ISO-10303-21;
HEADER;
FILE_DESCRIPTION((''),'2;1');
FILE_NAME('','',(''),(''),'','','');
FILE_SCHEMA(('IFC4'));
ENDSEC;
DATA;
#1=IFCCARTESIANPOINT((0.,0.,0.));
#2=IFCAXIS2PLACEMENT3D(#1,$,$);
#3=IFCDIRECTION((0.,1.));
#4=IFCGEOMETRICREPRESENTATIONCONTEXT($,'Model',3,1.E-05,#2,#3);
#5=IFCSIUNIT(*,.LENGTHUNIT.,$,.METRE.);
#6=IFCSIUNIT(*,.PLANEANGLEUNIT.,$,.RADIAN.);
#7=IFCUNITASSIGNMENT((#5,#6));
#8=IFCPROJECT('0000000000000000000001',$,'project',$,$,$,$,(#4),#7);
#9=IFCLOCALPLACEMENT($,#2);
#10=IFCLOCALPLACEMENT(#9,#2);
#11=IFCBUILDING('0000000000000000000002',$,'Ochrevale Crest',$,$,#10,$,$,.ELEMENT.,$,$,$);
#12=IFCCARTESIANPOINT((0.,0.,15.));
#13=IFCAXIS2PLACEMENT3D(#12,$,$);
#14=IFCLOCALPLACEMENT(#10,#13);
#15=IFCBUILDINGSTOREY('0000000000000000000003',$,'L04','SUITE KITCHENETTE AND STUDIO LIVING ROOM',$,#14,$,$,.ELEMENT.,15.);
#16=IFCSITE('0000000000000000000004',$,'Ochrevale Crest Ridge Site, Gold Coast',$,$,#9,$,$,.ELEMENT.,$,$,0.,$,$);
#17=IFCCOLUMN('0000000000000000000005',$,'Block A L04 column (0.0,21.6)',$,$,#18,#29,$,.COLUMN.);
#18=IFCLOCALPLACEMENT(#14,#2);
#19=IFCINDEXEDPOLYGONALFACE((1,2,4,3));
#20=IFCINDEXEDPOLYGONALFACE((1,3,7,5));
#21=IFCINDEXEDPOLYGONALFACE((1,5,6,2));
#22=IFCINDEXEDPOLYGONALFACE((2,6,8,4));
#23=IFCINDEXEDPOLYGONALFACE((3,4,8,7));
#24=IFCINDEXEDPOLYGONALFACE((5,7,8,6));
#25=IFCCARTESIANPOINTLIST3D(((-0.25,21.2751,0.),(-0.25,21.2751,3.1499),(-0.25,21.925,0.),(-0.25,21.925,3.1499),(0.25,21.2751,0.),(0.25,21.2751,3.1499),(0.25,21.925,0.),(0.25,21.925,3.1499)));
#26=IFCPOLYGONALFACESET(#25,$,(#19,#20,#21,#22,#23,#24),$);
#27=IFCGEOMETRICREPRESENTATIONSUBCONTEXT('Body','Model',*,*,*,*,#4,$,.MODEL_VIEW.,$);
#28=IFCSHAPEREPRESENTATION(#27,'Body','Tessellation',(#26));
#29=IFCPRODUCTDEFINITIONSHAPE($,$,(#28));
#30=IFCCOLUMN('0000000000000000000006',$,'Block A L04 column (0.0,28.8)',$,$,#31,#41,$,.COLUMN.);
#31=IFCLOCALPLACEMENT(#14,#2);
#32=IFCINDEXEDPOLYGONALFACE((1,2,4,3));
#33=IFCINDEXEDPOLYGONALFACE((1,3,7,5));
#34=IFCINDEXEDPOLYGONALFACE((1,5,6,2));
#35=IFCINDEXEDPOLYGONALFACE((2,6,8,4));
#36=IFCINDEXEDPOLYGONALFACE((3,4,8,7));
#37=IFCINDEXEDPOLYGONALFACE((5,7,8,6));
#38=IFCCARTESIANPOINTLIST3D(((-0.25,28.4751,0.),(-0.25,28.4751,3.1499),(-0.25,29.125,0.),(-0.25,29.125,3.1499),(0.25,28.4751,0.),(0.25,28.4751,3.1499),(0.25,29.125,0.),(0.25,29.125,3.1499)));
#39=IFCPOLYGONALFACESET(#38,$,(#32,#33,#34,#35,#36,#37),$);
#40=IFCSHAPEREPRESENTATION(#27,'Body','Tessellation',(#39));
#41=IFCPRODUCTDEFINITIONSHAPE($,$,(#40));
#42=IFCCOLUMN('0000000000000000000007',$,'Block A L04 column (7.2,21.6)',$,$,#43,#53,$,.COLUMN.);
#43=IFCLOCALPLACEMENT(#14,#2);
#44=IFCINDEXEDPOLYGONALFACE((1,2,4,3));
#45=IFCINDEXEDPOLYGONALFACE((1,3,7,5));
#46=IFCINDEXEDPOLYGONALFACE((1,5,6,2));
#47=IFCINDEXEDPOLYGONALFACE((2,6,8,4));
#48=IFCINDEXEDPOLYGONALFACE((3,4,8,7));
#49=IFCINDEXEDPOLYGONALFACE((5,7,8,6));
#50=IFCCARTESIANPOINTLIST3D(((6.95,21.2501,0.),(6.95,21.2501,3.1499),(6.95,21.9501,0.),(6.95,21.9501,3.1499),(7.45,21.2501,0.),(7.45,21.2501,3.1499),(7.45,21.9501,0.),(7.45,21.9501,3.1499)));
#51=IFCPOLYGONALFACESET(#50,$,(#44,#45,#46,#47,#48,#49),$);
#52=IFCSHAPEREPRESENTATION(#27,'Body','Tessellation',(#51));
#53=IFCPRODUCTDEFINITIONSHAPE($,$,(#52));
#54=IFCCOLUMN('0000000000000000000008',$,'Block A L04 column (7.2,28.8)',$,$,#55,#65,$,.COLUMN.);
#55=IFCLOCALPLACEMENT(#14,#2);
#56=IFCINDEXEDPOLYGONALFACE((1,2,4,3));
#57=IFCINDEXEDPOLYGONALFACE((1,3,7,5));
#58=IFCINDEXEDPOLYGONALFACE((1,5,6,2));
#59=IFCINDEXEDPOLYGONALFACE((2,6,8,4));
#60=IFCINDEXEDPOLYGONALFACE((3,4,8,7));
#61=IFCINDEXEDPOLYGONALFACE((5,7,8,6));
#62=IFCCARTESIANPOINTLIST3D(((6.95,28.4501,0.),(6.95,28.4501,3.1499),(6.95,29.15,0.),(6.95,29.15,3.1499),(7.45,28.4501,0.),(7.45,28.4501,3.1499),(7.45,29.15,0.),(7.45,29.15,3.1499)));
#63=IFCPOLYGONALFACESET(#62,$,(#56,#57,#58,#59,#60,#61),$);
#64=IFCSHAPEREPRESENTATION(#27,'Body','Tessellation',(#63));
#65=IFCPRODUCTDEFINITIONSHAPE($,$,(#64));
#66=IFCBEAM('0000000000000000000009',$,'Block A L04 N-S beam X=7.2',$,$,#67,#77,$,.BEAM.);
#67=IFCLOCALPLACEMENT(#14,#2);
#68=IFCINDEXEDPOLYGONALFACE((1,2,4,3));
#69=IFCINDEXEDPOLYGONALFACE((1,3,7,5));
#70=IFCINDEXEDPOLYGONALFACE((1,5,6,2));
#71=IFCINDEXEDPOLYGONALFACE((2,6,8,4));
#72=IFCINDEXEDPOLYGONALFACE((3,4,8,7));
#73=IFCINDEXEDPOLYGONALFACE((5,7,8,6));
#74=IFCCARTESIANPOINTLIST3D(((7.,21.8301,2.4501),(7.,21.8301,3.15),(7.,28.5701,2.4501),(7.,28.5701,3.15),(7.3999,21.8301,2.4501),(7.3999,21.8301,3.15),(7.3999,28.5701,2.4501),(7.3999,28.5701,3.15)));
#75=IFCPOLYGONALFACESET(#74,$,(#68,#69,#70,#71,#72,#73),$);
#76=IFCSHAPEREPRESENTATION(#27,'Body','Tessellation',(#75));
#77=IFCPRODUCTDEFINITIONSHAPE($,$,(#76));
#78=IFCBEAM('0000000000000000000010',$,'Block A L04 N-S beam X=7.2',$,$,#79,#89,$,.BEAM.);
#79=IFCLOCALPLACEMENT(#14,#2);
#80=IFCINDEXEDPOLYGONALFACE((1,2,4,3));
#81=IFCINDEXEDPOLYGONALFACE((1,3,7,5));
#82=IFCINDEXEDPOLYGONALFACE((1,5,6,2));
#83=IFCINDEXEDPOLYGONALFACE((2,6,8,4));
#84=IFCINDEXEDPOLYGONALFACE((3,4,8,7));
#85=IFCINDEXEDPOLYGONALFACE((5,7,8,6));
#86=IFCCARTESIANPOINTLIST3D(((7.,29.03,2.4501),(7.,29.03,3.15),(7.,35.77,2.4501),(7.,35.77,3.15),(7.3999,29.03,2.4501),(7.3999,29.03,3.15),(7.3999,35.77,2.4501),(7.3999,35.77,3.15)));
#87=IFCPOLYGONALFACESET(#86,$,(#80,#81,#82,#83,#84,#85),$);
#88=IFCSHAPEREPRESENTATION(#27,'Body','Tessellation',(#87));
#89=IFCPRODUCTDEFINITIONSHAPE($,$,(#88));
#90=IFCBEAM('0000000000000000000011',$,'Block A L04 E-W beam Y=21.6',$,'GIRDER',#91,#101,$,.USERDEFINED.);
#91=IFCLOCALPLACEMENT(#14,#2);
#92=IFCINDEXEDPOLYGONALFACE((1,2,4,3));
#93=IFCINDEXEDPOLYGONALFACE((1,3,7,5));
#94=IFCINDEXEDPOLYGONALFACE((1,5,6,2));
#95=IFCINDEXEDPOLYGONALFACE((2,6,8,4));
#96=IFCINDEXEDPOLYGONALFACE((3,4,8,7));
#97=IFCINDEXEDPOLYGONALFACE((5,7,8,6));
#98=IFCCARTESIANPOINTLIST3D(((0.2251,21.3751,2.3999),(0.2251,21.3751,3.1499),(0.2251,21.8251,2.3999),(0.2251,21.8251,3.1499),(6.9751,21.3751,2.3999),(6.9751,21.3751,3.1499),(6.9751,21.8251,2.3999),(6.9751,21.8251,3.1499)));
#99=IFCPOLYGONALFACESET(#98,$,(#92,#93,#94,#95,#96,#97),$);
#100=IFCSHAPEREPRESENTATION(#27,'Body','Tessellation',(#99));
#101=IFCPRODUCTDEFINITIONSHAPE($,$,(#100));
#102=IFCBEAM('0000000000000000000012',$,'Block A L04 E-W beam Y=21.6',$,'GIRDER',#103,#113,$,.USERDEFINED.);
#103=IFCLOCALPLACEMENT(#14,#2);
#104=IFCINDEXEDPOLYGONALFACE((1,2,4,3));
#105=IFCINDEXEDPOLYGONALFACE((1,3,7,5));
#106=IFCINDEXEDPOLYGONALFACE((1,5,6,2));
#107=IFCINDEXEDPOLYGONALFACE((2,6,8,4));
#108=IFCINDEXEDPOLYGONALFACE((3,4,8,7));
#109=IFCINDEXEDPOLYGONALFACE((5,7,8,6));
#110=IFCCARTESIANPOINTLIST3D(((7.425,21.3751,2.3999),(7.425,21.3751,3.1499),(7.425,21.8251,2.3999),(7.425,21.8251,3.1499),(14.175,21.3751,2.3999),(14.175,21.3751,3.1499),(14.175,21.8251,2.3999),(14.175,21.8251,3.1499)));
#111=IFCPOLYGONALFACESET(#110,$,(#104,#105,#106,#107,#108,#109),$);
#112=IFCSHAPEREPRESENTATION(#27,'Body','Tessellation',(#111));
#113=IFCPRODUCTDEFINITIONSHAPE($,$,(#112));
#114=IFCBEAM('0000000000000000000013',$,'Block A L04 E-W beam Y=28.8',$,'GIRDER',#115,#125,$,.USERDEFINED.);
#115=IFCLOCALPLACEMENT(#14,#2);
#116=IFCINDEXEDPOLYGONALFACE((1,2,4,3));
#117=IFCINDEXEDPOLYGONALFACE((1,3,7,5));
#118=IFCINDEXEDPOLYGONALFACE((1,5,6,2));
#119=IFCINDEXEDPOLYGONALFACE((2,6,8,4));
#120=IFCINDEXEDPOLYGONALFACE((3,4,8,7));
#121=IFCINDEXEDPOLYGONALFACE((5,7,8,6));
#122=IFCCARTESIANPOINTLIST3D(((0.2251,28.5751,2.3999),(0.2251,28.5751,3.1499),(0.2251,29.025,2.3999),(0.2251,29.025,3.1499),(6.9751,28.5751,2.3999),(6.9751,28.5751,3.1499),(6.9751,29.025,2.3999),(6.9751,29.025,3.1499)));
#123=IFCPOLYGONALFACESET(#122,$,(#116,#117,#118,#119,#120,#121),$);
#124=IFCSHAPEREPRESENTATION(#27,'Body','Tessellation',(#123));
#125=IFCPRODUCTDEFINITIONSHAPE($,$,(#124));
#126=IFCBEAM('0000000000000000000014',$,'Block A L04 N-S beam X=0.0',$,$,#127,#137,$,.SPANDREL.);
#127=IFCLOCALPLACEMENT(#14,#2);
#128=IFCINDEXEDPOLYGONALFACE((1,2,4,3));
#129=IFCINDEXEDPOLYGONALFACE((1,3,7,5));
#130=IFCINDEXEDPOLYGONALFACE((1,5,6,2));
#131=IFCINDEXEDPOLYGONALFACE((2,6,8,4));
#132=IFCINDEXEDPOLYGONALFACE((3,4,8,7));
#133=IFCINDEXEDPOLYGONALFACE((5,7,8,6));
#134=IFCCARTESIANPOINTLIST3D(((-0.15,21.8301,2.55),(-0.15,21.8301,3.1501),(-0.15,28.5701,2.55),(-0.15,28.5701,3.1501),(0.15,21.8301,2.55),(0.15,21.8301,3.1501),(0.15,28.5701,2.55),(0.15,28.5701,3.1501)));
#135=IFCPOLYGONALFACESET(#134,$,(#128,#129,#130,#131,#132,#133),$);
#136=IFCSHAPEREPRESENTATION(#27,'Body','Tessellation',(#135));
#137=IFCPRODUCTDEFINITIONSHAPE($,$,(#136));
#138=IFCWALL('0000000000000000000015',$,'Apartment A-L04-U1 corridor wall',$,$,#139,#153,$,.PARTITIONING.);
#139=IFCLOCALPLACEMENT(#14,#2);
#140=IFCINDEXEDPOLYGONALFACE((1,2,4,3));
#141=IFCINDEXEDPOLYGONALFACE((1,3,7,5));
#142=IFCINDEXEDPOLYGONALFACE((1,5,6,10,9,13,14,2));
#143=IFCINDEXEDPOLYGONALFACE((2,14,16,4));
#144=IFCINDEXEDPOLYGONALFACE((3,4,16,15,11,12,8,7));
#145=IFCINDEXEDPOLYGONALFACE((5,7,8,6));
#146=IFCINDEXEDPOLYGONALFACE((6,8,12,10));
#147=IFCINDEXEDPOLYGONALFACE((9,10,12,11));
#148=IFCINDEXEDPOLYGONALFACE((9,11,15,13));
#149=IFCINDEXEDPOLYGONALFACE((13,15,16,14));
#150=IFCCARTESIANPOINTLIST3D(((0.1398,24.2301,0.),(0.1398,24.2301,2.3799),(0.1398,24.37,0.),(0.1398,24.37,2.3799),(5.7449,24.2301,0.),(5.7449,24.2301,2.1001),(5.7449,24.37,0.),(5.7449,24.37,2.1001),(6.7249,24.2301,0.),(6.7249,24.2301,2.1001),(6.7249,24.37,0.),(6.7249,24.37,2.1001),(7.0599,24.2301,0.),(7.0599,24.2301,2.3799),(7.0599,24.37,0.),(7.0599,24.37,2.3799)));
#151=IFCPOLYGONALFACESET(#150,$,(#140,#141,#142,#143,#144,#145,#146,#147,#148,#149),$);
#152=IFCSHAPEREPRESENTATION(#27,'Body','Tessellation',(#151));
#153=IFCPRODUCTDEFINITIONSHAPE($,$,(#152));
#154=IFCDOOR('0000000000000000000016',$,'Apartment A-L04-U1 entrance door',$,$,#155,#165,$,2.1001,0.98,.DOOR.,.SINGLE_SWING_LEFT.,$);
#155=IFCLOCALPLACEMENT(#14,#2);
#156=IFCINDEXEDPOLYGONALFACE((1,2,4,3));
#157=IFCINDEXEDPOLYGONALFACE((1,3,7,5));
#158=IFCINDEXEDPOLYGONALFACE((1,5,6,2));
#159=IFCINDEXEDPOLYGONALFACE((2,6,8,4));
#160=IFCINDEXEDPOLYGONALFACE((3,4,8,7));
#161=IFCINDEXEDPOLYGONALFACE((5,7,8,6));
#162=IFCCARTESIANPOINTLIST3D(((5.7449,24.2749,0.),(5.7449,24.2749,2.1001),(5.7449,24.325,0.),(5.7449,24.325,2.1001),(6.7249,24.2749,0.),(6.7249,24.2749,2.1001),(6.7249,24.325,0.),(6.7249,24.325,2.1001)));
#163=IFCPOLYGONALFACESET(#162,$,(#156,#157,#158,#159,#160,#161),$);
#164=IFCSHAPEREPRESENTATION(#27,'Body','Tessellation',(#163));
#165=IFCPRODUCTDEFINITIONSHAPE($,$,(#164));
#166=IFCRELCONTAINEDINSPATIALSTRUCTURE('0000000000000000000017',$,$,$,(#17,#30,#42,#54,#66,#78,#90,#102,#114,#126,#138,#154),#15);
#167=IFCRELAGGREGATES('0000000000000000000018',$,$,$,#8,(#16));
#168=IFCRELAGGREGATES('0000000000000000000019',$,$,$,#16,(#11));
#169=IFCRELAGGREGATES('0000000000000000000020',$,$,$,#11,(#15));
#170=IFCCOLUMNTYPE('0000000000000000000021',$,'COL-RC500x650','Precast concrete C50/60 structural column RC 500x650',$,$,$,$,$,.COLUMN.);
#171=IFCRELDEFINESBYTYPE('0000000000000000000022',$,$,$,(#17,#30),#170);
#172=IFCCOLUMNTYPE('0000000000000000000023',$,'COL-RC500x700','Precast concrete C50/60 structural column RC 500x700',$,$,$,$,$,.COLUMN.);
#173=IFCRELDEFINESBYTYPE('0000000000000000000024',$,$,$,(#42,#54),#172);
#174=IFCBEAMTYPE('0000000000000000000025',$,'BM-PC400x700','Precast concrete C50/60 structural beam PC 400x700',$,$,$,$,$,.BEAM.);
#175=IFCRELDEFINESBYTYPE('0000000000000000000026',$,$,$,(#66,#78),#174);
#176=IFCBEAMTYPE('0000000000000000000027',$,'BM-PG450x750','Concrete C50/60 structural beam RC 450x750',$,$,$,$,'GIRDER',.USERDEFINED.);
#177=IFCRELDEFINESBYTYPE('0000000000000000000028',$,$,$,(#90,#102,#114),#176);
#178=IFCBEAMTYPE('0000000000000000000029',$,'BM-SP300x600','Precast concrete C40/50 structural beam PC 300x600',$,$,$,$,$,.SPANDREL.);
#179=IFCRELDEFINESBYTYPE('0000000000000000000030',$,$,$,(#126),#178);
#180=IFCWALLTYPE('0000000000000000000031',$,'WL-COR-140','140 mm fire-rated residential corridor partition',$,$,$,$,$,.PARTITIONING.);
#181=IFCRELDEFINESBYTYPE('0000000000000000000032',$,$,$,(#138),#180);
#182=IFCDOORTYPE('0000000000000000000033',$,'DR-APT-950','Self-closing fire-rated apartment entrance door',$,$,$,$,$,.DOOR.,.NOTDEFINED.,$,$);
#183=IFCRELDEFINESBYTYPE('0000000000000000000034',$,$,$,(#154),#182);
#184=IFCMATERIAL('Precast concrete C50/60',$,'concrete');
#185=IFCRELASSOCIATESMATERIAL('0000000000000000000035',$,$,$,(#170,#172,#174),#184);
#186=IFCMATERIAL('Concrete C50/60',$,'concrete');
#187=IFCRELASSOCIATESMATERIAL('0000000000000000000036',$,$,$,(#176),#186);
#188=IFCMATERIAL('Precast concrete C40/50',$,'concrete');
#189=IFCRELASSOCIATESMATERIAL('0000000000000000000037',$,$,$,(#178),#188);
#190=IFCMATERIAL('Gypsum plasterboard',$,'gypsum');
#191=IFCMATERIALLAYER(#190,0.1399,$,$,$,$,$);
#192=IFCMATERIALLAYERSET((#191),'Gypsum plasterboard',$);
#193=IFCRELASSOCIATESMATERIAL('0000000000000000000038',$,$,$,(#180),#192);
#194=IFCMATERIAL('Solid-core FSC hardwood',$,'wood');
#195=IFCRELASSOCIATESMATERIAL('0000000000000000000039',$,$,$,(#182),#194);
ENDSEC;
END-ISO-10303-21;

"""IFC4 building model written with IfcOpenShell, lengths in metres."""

from ifc_helpers import new_model, si_unit, direction, frame, frame_2d, origin, origin_2d, place, context, subcontext, project, spatial, rectangle, extrude, material, layer, layer_set, material_profile, profile_set, type_object, element, fill, save


model = new_model("IFC4")

# Units and contexts
model_context = context("Model", 3, precision=1e-05, world=origin(), true_north=direction((0.0, 1.0)))
body_context = subcontext(model_context, "Body", "Model", "MODEL_VIEW")
ifc_project = project(units=[si_unit("LENGTHUNIT", "METRE"), si_unit("PLANEANGLEUNIT", "RADIAN")], contexts=[model_context])

# Site, building, storey
site_placement = place(None, origin())
site = spatial("IfcSite", under=ifc_project, at=site_placement, Name="Ochrevale Crest Ridge Site, Gold Coast", CompositionType="ELEMENT", RefElevation=0.0)
building_placement = place(site_placement, origin())
building = spatial("IfcBuilding", under=site, at=building_placement, Name="Ochrevale Crest", CompositionType="ELEMENT")
storey_placement = place(building_placement, frame((0.0, 0.0, 15.0)))
storey = spatial("IfcBuildingStorey", under=building, at=storey_placement, Name="L04", Description="SUITE KITCHENETTE AND STUDIO LIVING ROOM", CompositionType="ELEMENT", Elevation=15.0)

# Columns
ifc_material_1 = material(Name="Precast concrete C50/60", Category="concrete")
ifc_material_profile_1 = material_profile(ifc_material_1, rectangle(XDim=0.5, YDim=0.6499, at=origin_2d()), Name="RC 500x650")
ifc_profile_set_1 = profile_set([ifc_material_profile_1], Name="Precast concrete C50/60")
column_type_1 = type_object("IfcColumnType", Name="COL-RC500x650", Description="Precast concrete C50/60 structural column RC 500x650", PredefinedType="COLUMN", material=ifc_profile_set_1)
for number, where, z_axis, x_axis, name in (
    (1, (0.0, 21.6001, 0.0), (0.0, 0.0, 1.0), (1.0, 0.0, 0.0), "Block A L04 column (0.0,21.6)"),
    (2, (0.0, 28.8, 0.0), (0.0, 0.0, 1.0), (1.0, 0.0, 0.0), "Block A L04 column (0.0,28.8)"),
):
    element("IfcColumn", number, at=place(storey_placement, frame(where, z_axis=z_axis, x_axis=x_axis)), inside=storey, type_object=column_type_1, Name=name, PredefinedType="COLUMN", context=body_context, shape_type="SweptSolid", body=[
        extrude(rectangle(XDim=0.5, YDim=0.6499, at=origin_2d()), origin(), (0.0, 0.0, 1.0), 3.1499),
    ])
ifc_material_profile_2 = material_profile(ifc_material_1, rectangle(XDim=0.5, YDim=0.7, at=origin_2d()), Name="RC 500x700")
ifc_profile_set_2 = profile_set([ifc_material_profile_2], Name="Precast concrete C50/60")
column_type_2 = type_object("IfcColumnType", Name="COL-RC500x700", Description="Precast concrete C50/60 structural column RC 500x700", PredefinedType="COLUMN", material=ifc_profile_set_2)
for number, where, z_axis, x_axis, name in (
    (3, (7.2, 21.6001, 0.0), (0.0, 0.0, 1.0), (1.0, 0.0, 0.0), "Block A L04 column (7.2,21.6)"),
    (4, (7.2, 28.8, 0.0), (0.0, 0.0, 1.0), (1.0, 0.0, 0.0), "Block A L04 column (7.2,28.8)"),
):
    element("IfcColumn", number, at=place(storey_placement, frame(where, z_axis=z_axis, x_axis=x_axis)), inside=storey, type_object=column_type_2, Name=name, PredefinedType="COLUMN", context=body_context, shape_type="SweptSolid", body=[
        extrude(rectangle(XDim=0.5, YDim=0.7, at=origin_2d()), origin(), (0.0, 0.0, 1.0), 3.1499),
    ])

# Beams
ifc_material_profile_3 = material_profile(ifc_material_1, rectangle(XDim=0.3999, YDim=0.7, at=origin_2d()), Name="PC 400x700")
ifc_profile_set_3 = profile_set([ifc_material_profile_3], Name="Precast concrete C50/60")
beam_type_1 = type_object("IfcBeamType", Name="BM-PC400x700", Description="Precast concrete C50/60 structural beam PC 400x700", PredefinedType="BEAM", material=ifc_profile_set_3)
for number, where, z_axis, x_axis, name in (
    (5, (7.2, 21.8301, 2.8), (0.0, 1.0, 0.0), (-1.0, 0.0, 0.0), "Block A L04 N-S beam X=7.2"),
    (6, (7.2, 29.03, 2.8), (0.0, 1.0, 0.0), (-1.0, 0.0, 0.0), "Block A L04 N-S beam X=7.2"),
):
    element("IfcBeam", number, at=place(storey_placement, frame(where, z_axis=z_axis, x_axis=x_axis)), inside=storey, type_object=beam_type_1, Name=name, PredefinedType="BEAM", context=body_context, shape_type="SweptSolid", body=[
        extrude(rectangle(XDim=0.3999, YDim=0.7, at=origin_2d()), origin(), (0.0, 0.0, 1.0), 6.74),
    ])
ifc_material_2 = material(Name="Concrete C50/60", Category="concrete")
ifc_material_profile_4 = material_profile(ifc_material_2, rectangle(XDim=0.45, YDim=0.75, at=origin_2d()), Name="RC 450x750")
ifc_profile_set_4 = profile_set([ifc_material_profile_4], Name="Concrete C50/60")
beam_type_2 = type_object("IfcBeamType", Name="BM-PG450x750", Description="Concrete C50/60 structural beam RC 450x750", ElementType="GIRDER", PredefinedType="USERDEFINED", material=ifc_profile_set_4)
for number, where, z_axis, x_axis, name in (
    (7, (0.2251, 21.6001, 2.7749), (1.0, 0.0, 0.0), (0.0, 1.0, 0.0), "Block A L04 E-W beam Y=21.6"),
    (8, (7.425, 21.6001, 2.7749), (1.0, 0.0, 0.0), (0.0, 1.0, 0.0), "Block A L04 E-W beam Y=21.6"),
    (9, (0.2251, 28.8, 2.7749), (1.0, 0.0, 0.0), (0.0, 1.0, 0.0), "Block A L04 E-W beam Y=28.8"),
):
    element("IfcBeam", number, at=place(storey_placement, frame(where, z_axis=z_axis, x_axis=x_axis)), inside=storey, type_object=beam_type_2, Name=name, ObjectType="GIRDER", PredefinedType="USERDEFINED", context=body_context, shape_type="SweptSolid", body=[
        extrude(rectangle(XDim=0.45, YDim=0.75, at=origin_2d()), origin(), (0.0, 0.0, 1.0), 6.75),
    ])
ifc_material_3 = material(Name="Precast concrete C40/50", Category="concrete")
ifc_material_profile_5 = material_profile(ifc_material_3, rectangle(XDim=0.3, YDim=0.6001, at=origin_2d()), Name="PC 300x600")
ifc_profile_set_5 = profile_set([ifc_material_profile_5], Name="Precast concrete C40/50")
beam_type_3 = type_object("IfcBeamType", Name="BM-SP300x600", Description="Precast concrete C40/50 structural beam PC 300x600", PredefinedType="SPANDREL", material=ifc_profile_set_5)
beam_placement = place(storey_placement, frame((0.0, 21.8301, 2.8501), z_axis=(0.0, 1.0, 0.0), x_axis=(-1.0, 0.0, 0.0)))
element("IfcBeam", 10, at=beam_placement, inside=storey, type_object=beam_type_3, Name="Block A L04 N-S beam X=0.0", PredefinedType="SPANDREL", context=body_context, shape_type="SweptSolid", body=[
    extrude(rectangle(XDim=0.3, YDim=0.6001, at=origin_2d()), origin(), (0.0, 0.0, 1.0), 6.74),
])

# Wall, opening, door
ifc_material_4 = material(Name="Gypsum plasterboard", Category="gypsum")
ifc_layer_1 = layer(ifc_material_4, 0.1399)
ifc_layer_set_1 = layer_set([ifc_layer_1], Name="Gypsum plasterboard")
wall_type_1 = type_object("IfcWallType", Name="WL-COR-140", Description="140 mm fire-rated residential corridor partition", PredefinedType="PARTITIONING", material=ifc_layer_set_1)
wall_1_placement = place(storey_placement, frame((0.1399, 24.3, 0.0), z_axis=(0.0, 0.0, 1.0), x_axis=(1.0, 0.0, 0.0)))
wall_1 = element("IfcWall", 11, at=wall_1_placement, inside=storey, type_object=wall_type_1, Name="Apartment A-L04-U1 corridor wall", PredefinedType="PARTITIONING", context=body_context, shape_type="SweptSolid", body=[
    extrude(rectangle(XDim=6.9202, YDim=0.1399, at=frame_2d((3.46, 0.0))), origin(), (0.0, 0.0, 1.0), 2.3799),
])
opening_1_placement = place(wall_1_placement, frame((5.605, 0.0, 0.0)))
opening_1 = element("IfcOpeningElement", 12, at=opening_1_placement, cuts=wall_1, PredefinedType="OPENING", context=body_context, shape_type="SweptSolid", body=[
    extrude(rectangle(XDim=0.98, YDim=2.1001, at=frame_2d((0.49, 1.05))), frame((0.0, 0.0801, 0.0), z_axis=(0.0, -1.0, 0.0), x_axis=(1.0, 0.0, 0.0)), (0.0, 0.0, 1.0), 0.1599),
])
ifc_material_5 = material(Name="Solid-core FSC hardwood", Category="wood")
door_type_1 = type_object("IfcDoorType", Name="DR-APT-950", Description="Self-closing fire-rated apartment entrance door", OperationType="NOTDEFINED", PredefinedType="DOOR", material=ifc_material_5)
door_1_placement = place(opening_1_placement, origin())
door_1 = element("IfcDoor", 13, at=door_1_placement, inside=storey, type_object=door_type_1, Name="Apartment A-L04-U1 entrance door", OperationType="SINGLE_SWING_LEFT", OverallHeight=2.1001, OverallWidth=0.98, PredefinedType="DOOR", context=body_context, shape_type="SweptSolid", body=[
    extrude(rectangle(XDim=0.98, YDim=2.1001, at=frame_2d((0.49, 1.05))), frame((0.0, 0.0249, 0.0), z_axis=(0.0, -1.0, 0.0), x_axis=(1.0, 0.0, 0.0)), (0.0, 0.0, 1.0), 0.05),
])
fill(opening_1, door_1)

save(model, "model.ifc")
